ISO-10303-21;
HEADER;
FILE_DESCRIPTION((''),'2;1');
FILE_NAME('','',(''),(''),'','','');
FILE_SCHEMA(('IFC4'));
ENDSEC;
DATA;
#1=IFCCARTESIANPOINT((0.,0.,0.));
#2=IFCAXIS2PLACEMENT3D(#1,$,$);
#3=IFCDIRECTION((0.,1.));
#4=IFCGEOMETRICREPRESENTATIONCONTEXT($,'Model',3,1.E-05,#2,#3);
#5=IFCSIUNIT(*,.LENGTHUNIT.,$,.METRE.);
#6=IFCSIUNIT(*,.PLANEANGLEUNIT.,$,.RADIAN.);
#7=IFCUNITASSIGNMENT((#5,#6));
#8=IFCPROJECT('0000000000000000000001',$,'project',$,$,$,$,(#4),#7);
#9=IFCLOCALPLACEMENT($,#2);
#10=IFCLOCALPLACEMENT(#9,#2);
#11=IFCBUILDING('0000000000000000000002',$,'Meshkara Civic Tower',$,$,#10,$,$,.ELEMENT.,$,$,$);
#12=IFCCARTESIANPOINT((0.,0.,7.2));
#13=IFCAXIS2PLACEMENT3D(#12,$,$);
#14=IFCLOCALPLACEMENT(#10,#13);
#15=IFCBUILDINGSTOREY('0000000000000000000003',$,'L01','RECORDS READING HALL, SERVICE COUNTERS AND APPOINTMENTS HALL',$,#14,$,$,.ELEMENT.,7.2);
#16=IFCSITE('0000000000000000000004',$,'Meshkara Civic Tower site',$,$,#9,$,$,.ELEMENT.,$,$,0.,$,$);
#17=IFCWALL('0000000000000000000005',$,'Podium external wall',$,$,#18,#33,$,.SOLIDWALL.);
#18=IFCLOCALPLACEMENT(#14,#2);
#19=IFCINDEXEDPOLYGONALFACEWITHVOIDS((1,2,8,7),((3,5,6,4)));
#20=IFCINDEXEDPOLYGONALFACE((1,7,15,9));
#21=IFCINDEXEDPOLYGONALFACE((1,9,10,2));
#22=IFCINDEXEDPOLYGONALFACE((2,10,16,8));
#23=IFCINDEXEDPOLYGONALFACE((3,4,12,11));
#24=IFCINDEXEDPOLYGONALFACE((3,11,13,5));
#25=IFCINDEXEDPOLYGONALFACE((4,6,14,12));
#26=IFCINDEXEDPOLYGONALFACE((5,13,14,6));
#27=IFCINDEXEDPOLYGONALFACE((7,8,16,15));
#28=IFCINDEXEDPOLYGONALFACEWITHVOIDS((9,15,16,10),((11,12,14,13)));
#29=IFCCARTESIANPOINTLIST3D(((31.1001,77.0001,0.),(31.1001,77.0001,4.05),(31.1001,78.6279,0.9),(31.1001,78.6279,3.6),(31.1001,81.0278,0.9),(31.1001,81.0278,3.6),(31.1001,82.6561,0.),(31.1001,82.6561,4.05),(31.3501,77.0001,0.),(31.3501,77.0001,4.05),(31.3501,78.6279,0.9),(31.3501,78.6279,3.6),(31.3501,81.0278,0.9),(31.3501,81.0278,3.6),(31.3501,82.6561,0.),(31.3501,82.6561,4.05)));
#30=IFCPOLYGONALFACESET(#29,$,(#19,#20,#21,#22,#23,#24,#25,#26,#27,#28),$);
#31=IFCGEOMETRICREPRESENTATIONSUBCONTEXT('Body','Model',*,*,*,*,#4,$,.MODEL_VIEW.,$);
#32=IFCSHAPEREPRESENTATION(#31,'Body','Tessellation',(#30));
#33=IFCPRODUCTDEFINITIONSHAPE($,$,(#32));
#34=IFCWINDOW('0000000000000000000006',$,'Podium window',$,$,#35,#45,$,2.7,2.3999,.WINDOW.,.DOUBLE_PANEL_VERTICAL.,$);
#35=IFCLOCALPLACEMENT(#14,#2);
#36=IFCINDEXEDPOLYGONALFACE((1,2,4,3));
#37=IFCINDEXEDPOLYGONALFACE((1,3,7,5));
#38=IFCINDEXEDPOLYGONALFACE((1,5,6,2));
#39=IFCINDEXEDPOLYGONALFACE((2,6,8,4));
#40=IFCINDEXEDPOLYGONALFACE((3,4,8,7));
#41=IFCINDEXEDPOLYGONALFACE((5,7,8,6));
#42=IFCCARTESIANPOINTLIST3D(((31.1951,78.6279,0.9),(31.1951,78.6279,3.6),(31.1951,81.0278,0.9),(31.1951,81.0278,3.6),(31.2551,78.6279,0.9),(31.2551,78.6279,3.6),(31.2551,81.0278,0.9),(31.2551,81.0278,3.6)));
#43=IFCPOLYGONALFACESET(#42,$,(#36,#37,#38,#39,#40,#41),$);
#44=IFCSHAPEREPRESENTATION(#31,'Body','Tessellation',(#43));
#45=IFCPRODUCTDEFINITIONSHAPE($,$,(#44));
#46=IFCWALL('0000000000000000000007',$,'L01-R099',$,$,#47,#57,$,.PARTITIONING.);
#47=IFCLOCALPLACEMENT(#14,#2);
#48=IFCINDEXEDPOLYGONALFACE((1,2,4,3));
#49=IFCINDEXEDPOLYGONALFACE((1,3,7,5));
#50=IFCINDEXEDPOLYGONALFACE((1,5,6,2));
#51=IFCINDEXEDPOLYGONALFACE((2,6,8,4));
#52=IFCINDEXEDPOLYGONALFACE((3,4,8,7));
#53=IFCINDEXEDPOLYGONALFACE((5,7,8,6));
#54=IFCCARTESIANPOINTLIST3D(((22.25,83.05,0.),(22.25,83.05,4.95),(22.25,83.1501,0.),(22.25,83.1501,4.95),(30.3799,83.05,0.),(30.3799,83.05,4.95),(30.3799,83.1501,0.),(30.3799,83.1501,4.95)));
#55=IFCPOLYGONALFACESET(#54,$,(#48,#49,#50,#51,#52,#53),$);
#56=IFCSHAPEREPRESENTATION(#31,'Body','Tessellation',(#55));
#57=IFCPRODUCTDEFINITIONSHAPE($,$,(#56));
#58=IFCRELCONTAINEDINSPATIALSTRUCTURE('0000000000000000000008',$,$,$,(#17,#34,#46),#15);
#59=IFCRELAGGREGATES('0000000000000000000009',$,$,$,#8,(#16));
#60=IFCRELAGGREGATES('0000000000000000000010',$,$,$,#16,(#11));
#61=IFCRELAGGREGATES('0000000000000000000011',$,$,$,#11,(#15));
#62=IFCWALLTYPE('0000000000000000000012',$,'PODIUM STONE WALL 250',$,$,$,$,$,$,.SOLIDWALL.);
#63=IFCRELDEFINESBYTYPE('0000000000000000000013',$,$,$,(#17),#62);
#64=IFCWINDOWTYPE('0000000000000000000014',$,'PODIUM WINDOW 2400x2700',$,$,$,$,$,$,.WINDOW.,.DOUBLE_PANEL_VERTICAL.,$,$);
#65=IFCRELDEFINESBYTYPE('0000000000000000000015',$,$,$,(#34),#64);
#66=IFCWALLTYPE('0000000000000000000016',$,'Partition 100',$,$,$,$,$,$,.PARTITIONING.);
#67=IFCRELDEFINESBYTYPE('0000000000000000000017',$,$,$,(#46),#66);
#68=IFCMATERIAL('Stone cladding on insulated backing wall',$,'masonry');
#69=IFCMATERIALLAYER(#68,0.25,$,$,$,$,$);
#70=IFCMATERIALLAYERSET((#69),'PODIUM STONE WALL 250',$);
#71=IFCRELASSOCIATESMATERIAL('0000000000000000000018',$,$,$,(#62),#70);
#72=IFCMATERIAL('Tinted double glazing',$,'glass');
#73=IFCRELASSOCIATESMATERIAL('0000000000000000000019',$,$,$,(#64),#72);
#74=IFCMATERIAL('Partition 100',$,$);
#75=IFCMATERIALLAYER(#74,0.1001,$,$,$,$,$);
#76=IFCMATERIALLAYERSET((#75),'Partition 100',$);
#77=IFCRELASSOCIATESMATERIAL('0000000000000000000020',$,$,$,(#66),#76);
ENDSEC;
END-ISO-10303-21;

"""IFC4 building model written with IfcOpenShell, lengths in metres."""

from ifc_helpers import new_model, si_unit, direction, frame, frame_2d, origin, place, context, subcontext, project, spatial, rectangle, extrude, material, layer, layer_set, type_object, element, fill, save


model = new_model("IFC4")

# Units and contexts
model_context = context("Model", 3, precision=1e-05, world=origin(), true_north=direction((0.0, 1.0)))
body_context = subcontext(model_context, "Body", "Model", "MODEL_VIEW")
ifc_project = project(units=[si_unit("LENGTHUNIT", "METRE"), si_unit("PLANEANGLEUNIT", "RADIAN")], contexts=[model_context])

# Site, building, storey
site_placement = place(None, origin())
site = spatial("IfcSite", under=ifc_project, at=site_placement, Name="Meshkara Civic Tower site", CompositionType="ELEMENT", RefElevation=0.0)
building_placement = place(site_placement, origin())
building = spatial("IfcBuilding", under=site, at=building_placement, Name="Meshkara Civic Tower", CompositionType="ELEMENT")
storey_placement = place(building_placement, frame((0.0, 0.0, 7.2)))
storey = spatial("IfcBuildingStorey", under=building, at=storey_placement, Name="L01", Description="RECORDS READING HALL, SERVICE COUNTERS AND APPOINTMENTS HALL", CompositionType="ELEMENT", Elevation=7.2)

# Wall, opening, window
ifc_material_1 = material(Name="Stone cladding on insulated backing wall", Category="masonry")
ifc_layer_1 = layer(ifc_material_1, 0.25)
ifc_layer_set_1 = layer_set([ifc_layer_1], Name="PODIUM STONE WALL 250")
wall_type_1 = type_object("IfcWallType", Name="PODIUM STONE WALL 250", PredefinedType="SOLIDWALL", material=ifc_layer_set_1)
ifc_material_2 = material(Name="Tinted double glazing", Category="glass")
window_type = type_object("IfcWindowType", Name="PODIUM WINDOW 2400x2700", PartitioningType="DOUBLE_PANEL_VERTICAL", PredefinedType="WINDOW", material=ifc_material_2)
wall_1_placement = place(storey_placement, frame((31.2251, 77.0, 0.0), z_axis=(0.0, 0.0, 1.0), x_axis=(0.0, 1.0, 0.0)))
wall_1 = element("IfcWall", 1, at=wall_1_placement, inside=storey, type_object=wall_type_1, Name="Podium external wall", PredefinedType="SOLIDWALL", context=body_context, shape_type="SweptSolid", body=[
    extrude(rectangle(XDim=5.656, YDim=0.25, at=frame_2d((2.8281, 0.0))), origin(), (0.0, 0.0, 1.0), 4.05),
])
opening_1_placement = place(wall_1_placement, frame((1.6279, 0.0, 0.8999)))
opening_1 = element("IfcOpeningElement", 2, at=opening_1_placement, cuts=wall_1, PredefinedType="OPENING", context=body_context, shape_type="SweptSolid", body=[
    extrude(rectangle(XDim=2.3999, YDim=2.7, at=frame_2d((1.2, 1.3501))), frame((0.0, 0.135, 0.0), z_axis=(0.0, -1.0, 0.0), x_axis=(1.0, 0.0, 0.0)), (0.0, 0.0, 1.0), 0.27),
])
window_1_placement = place(opening_1_placement, origin())
window_1 = element("IfcWindow", 3, at=window_1_placement, inside=storey, type_object=window_type, Name="Podium window", OverallHeight=2.7, OverallWidth=2.3999, PartitioningType="DOUBLE_PANEL_VERTICAL", PredefinedType="WINDOW", context=body_context, shape_type="SweptSolid", body=[
    extrude(rectangle(XDim=2.3999, YDim=2.7, at=frame_2d((1.2, 1.3501))), frame((0.0, 0.03, 0.0), z_axis=(0.0, -1.0, 0.0), x_axis=(1.0, 0.0, 0.0)), (0.0, 0.0, 1.0), 0.0601),
])
fill(opening_1, window_1)

# Wall
ifc_material_3 = material(Name="Partition 100")
ifc_layer_2 = layer(ifc_material_3, 0.1001)
ifc_layer_set_2 = layer_set([ifc_layer_2], Name="Partition 100")
wall_type_2 = type_object("IfcWallType", Name="Partition 100", PredefinedType="PARTITIONING", material=ifc_layer_set_2)
wall_2_placement = place(storey_placement, frame((30.3799, 83.1001, 0.0), z_axis=(0.0, 0.0, 1.0), x_axis=(-1.0, 0.0, 0.0)))
element("IfcWall", 4, at=wall_2_placement, inside=storey, type_object=wall_type_2, Name="L01-R099", PredefinedType="PARTITIONING", context=body_context, shape_type="SweptSolid", body=[
    extrude(rectangle(XDim=8.1299, YDim=0.1001, at=frame_2d((4.0649, 0.0))), origin(), (0.0, 0.0, 1.0), 4.95),
])

save(model, "model.ifc")
